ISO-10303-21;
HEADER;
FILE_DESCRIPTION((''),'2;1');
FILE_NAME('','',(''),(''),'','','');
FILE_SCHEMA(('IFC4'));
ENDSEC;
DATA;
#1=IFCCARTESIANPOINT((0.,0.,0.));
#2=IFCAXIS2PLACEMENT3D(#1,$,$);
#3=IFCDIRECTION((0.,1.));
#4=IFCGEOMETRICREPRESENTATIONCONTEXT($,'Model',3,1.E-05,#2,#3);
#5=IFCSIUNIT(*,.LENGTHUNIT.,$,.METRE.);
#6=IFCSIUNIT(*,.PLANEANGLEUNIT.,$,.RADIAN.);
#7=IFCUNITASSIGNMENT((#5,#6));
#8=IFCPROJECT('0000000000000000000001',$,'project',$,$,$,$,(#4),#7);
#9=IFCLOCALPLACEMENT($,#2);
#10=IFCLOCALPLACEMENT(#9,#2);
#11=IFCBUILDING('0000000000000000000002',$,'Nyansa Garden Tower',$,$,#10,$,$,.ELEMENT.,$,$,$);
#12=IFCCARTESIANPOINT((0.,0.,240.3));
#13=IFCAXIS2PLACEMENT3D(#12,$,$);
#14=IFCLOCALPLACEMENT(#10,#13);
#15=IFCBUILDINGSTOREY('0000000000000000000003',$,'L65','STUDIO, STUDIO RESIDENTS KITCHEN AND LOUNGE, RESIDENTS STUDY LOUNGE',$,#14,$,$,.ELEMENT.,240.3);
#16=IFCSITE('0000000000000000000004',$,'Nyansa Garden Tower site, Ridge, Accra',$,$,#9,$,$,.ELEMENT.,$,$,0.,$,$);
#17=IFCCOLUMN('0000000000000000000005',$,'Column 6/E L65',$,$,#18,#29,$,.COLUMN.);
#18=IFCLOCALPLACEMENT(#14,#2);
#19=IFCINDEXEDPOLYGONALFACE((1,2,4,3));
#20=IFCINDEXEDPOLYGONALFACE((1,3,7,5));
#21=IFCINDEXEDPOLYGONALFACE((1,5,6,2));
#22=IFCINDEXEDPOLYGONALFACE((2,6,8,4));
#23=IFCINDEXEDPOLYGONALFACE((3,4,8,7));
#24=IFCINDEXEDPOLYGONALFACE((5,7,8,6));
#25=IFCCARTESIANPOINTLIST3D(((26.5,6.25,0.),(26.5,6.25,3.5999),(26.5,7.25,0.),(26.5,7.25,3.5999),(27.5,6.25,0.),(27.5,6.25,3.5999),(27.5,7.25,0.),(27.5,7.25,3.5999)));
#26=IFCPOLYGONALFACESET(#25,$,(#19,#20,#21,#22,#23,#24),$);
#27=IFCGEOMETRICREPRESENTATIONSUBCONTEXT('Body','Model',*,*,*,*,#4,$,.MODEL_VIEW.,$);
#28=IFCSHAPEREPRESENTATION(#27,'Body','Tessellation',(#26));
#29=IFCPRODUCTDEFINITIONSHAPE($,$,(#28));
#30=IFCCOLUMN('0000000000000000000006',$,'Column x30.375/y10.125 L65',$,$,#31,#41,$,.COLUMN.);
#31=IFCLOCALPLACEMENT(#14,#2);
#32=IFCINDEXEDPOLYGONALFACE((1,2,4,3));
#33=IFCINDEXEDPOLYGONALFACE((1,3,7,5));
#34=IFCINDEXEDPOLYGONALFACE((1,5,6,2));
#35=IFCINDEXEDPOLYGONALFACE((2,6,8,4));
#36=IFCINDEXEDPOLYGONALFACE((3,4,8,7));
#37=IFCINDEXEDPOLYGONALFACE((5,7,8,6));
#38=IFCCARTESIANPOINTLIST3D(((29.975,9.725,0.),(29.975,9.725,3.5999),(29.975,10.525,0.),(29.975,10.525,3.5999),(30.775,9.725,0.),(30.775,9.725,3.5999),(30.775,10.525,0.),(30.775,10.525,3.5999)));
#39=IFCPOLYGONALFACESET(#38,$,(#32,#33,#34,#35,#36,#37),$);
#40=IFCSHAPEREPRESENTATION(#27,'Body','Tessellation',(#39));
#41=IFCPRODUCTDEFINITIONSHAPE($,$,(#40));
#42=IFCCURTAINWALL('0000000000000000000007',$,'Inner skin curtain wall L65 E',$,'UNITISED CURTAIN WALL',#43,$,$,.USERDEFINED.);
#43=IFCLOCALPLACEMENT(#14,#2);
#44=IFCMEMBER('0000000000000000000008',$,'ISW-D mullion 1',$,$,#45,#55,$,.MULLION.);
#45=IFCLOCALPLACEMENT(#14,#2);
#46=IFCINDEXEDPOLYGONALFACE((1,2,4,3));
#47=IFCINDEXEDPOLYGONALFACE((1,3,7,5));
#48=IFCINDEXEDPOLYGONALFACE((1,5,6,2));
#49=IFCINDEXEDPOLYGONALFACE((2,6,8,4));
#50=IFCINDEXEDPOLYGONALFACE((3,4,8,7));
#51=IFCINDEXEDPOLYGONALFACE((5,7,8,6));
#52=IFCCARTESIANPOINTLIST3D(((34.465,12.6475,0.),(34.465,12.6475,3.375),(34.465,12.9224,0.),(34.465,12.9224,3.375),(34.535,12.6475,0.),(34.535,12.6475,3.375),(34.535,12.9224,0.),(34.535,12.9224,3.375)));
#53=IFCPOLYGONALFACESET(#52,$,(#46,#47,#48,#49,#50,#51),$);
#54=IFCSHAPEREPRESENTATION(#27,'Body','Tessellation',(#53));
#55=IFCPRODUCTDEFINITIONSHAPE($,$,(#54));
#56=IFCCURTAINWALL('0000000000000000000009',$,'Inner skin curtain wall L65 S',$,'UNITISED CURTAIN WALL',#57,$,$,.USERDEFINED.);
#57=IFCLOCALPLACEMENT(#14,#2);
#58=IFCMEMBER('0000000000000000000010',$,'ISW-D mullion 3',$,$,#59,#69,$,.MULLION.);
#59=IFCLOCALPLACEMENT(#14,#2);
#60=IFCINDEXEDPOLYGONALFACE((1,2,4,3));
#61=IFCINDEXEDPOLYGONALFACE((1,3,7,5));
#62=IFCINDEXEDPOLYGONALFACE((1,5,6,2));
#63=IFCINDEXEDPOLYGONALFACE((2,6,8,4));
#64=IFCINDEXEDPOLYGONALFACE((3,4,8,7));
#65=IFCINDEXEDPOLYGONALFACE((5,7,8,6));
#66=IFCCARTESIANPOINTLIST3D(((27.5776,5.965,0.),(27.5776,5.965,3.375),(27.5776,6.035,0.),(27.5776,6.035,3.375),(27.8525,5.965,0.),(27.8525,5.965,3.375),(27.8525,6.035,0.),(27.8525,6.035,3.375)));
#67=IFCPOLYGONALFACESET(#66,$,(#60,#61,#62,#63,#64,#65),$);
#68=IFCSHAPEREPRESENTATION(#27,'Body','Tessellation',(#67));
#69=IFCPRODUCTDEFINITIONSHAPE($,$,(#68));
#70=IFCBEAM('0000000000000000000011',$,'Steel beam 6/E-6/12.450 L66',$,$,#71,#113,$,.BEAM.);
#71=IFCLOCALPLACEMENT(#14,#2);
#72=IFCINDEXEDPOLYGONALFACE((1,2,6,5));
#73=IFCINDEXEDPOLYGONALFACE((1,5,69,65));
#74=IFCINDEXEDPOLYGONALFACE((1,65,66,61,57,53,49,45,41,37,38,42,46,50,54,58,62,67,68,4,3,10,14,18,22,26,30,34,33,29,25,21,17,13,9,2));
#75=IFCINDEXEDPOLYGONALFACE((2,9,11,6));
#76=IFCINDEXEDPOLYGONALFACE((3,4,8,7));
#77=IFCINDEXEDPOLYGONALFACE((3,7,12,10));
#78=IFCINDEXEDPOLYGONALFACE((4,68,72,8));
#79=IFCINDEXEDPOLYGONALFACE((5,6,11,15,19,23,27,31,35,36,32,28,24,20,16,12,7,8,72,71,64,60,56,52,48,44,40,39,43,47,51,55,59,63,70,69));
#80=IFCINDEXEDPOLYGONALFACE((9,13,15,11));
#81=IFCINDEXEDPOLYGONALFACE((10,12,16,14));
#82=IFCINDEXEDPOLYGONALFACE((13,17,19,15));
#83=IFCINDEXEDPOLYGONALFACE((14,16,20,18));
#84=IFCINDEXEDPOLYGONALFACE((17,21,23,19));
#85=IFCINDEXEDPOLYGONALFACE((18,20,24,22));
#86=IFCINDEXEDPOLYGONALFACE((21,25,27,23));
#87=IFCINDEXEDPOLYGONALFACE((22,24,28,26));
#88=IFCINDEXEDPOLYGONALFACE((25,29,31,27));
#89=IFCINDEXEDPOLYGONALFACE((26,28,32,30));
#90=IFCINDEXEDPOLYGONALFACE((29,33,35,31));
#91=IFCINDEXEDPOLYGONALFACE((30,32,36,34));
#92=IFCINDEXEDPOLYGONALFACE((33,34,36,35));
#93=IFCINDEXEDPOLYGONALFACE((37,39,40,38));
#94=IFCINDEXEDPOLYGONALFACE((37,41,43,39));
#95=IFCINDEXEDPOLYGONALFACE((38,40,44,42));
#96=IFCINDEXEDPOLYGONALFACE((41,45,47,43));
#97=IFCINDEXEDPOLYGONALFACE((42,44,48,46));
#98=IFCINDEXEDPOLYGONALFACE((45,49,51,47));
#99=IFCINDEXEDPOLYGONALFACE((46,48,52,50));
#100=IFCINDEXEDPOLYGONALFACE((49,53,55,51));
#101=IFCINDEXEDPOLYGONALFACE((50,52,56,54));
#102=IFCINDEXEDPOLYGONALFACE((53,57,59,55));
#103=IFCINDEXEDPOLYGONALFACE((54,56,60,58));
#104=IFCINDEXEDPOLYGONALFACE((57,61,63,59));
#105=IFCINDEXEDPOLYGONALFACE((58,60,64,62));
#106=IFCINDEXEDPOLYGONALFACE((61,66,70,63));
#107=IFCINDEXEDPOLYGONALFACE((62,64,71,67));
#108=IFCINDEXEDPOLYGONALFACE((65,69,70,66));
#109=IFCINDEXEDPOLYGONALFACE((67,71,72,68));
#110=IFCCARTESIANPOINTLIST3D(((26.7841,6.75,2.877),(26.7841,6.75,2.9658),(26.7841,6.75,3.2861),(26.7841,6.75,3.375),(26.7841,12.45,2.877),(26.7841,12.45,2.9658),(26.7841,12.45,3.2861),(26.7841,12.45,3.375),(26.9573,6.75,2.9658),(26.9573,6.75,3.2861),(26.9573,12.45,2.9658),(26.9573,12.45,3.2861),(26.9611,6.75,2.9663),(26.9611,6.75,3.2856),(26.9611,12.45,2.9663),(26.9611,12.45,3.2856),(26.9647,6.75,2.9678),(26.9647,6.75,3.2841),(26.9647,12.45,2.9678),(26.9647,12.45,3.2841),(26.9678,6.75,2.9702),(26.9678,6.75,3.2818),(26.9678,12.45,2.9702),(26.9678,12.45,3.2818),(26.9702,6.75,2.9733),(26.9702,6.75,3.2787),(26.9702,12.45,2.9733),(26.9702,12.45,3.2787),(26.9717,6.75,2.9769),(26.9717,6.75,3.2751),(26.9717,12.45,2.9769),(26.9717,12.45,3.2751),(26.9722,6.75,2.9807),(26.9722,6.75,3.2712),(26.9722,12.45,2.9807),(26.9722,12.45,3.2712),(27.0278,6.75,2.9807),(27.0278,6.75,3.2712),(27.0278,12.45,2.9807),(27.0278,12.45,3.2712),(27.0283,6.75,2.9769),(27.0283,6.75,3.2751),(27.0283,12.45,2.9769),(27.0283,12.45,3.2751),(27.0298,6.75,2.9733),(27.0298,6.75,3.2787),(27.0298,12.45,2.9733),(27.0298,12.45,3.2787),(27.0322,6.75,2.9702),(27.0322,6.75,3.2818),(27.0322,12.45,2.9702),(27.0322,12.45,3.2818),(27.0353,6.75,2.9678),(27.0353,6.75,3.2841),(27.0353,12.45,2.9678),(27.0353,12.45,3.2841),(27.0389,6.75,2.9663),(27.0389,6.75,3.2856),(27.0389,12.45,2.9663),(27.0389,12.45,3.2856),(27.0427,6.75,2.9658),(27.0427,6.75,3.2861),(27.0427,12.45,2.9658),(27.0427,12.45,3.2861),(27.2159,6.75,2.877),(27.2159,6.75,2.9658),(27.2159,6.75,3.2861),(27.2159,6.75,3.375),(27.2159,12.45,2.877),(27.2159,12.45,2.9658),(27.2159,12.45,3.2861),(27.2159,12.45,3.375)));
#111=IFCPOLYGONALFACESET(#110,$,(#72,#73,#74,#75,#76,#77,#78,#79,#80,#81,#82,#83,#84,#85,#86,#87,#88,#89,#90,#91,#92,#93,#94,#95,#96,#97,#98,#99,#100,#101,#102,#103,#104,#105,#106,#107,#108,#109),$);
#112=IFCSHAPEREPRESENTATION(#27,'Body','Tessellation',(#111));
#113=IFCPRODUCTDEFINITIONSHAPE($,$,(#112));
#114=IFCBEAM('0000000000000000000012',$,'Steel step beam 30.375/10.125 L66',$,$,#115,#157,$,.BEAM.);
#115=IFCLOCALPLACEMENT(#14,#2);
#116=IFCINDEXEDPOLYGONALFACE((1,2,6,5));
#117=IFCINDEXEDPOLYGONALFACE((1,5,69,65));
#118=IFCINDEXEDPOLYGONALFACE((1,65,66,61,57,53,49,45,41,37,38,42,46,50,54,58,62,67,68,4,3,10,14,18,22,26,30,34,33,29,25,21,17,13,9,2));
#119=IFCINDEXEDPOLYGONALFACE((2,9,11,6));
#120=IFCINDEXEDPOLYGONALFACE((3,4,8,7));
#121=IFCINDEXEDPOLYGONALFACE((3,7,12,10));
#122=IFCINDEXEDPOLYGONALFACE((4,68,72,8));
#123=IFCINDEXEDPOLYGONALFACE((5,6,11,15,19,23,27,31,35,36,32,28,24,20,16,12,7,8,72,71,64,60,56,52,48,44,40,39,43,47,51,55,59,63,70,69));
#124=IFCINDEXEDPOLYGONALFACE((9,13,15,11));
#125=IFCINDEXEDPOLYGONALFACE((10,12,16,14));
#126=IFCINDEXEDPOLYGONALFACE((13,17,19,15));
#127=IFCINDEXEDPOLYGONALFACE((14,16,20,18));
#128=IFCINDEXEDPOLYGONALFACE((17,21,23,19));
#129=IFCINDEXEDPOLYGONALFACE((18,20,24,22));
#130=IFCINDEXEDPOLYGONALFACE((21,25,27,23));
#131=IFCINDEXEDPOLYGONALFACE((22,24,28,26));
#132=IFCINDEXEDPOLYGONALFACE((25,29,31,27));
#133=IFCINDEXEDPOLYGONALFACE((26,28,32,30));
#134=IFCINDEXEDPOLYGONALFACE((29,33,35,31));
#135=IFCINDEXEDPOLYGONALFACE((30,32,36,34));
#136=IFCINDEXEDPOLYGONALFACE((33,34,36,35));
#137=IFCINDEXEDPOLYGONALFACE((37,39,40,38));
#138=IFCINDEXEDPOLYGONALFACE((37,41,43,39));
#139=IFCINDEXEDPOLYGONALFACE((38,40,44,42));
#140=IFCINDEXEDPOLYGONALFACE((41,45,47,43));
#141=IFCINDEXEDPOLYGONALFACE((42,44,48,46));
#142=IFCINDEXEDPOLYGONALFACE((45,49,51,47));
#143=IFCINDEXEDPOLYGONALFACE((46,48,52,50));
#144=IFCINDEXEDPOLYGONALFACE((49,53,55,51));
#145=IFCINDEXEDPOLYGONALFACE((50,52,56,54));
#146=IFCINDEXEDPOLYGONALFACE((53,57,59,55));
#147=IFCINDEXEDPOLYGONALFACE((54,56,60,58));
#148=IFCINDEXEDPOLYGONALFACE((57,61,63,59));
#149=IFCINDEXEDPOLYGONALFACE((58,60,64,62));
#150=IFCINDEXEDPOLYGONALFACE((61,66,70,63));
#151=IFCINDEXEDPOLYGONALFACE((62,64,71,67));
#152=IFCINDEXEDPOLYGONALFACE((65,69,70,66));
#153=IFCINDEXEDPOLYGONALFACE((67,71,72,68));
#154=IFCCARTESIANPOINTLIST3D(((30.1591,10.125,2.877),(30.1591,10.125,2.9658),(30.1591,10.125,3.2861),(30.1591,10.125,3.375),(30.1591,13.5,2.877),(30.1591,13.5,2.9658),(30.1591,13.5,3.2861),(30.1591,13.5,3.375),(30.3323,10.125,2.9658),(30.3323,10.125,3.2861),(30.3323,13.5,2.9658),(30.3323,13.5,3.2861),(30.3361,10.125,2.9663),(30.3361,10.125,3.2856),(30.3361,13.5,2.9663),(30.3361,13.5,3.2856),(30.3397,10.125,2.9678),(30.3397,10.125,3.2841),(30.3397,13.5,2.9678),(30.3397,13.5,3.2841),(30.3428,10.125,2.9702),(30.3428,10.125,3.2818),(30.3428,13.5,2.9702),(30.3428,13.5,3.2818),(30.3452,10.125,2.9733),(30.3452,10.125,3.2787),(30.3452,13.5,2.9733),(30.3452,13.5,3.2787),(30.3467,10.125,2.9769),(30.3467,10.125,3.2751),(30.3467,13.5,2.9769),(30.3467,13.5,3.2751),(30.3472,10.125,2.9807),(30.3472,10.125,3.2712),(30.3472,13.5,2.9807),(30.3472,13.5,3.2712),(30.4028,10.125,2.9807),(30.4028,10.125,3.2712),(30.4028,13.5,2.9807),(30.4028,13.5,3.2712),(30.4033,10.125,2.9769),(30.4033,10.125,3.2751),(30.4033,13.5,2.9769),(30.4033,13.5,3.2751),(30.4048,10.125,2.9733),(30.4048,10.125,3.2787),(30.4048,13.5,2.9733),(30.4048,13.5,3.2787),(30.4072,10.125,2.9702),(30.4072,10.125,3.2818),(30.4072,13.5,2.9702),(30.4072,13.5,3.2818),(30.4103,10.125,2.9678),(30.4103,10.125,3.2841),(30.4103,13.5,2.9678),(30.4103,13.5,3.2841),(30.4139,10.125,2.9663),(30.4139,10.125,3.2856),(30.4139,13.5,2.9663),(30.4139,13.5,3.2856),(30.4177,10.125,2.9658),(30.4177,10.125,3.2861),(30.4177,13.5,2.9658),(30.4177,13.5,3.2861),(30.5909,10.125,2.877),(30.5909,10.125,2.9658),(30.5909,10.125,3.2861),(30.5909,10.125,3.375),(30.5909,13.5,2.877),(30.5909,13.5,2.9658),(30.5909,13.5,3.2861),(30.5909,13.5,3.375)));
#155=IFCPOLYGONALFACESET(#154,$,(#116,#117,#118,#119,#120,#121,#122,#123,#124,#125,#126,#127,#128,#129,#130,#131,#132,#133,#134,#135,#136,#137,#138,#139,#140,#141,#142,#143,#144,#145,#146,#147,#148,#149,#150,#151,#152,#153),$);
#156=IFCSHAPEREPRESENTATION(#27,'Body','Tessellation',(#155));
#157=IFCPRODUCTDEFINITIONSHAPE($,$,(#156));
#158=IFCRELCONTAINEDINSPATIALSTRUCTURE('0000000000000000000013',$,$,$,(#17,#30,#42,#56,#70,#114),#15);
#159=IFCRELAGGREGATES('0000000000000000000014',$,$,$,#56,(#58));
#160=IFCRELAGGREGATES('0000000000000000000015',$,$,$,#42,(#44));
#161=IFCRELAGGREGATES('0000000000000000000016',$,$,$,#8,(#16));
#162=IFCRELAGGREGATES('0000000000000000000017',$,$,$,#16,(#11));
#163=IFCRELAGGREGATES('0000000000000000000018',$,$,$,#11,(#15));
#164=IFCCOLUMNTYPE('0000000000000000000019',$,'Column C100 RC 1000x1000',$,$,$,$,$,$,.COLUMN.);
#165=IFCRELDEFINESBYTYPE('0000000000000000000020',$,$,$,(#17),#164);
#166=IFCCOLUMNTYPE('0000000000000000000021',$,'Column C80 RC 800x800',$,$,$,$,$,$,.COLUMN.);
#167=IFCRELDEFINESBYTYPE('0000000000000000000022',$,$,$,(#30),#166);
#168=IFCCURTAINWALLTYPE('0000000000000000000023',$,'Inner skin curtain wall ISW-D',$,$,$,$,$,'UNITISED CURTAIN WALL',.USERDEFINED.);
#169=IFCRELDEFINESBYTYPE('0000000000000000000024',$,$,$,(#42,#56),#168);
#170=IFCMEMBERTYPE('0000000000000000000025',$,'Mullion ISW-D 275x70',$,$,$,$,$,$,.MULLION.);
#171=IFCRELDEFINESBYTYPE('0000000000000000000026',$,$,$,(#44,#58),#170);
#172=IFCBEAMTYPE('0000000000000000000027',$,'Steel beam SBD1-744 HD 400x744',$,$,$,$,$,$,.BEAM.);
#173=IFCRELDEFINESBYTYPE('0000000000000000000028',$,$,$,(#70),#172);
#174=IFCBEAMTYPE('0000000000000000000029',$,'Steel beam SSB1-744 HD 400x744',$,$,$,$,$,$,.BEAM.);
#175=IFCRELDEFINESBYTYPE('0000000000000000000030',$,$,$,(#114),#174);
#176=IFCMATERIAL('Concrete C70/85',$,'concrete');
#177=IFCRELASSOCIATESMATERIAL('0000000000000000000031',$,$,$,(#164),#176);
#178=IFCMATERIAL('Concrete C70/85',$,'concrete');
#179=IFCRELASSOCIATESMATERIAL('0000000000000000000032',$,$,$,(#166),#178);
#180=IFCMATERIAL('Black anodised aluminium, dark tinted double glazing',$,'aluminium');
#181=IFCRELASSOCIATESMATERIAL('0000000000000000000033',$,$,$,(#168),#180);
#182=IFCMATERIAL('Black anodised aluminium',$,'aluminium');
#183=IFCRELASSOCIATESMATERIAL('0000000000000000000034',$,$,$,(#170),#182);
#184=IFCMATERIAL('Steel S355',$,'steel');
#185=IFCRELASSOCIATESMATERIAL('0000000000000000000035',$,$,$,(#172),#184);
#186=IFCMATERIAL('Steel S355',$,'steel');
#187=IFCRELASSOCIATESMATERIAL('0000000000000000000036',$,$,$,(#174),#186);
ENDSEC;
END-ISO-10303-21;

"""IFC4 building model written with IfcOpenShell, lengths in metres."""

from ifc_helpers import new_model, si_unit, direction, frame, origin, origin_2d, place, context, subcontext, project, spatial, rectangle, i_section, extrude, material, material_profile, profile_set, type_object, element, aggregate, save


model = new_model("IFC4")

# Units and contexts
model_context = context("Model", 3, precision=1e-05, world=origin(), true_north=direction((0.0, 1.0)))
body_context = subcontext(model_context, "Body", "Model", "MODEL_VIEW")
ifc_project = project(units=[si_unit("LENGTHUNIT", "METRE"), si_unit("PLANEANGLEUNIT", "RADIAN")], contexts=[model_context])

# Site, building, storey
site_placement = place(None, origin())
site = spatial("IfcSite", under=ifc_project, at=site_placement, Name="Nyansa Garden Tower site, Ridge, Accra", CompositionType="ELEMENT", RefElevation=0.0)
building_placement = place(site_placement, origin())
building = spatial("IfcBuilding", under=site, at=building_placement, Name="Nyansa Garden Tower", CompositionType="ELEMENT")
storey_placement = place(building_placement, frame((0.0, 0.0, 240.3)))
storey = spatial("IfcBuildingStorey", under=building, at=storey_placement, Name="L65", Description="STUDIO, STUDIO RESIDENTS KITCHEN AND LOUNGE, RESIDENTS STUDY LOUNGE", CompositionType="ELEMENT", Elevation=240.3)

# Columns
ifc_material_1 = material(Name="Concrete C70/85", Category="concrete")
ifc_material_profile_1 = material_profile(ifc_material_1, rectangle(XDim=1.0, YDim=1.0, at=origin_2d()), Name="RC 1000x1000")
ifc_profile_set_1 = profile_set([ifc_material_profile_1], Name="Concrete C70/85")
column_type_1 = type_object("IfcColumnType", Name="Column C100 RC 1000x1000", PredefinedType="COLUMN", material=ifc_profile_set_1)
column_1_placement = place(storey_placement, frame((27.0, 6.75, 0.0), z_axis=(0.0, 0.0, 1.0), x_axis=(1.0, 0.0, 0.0)))
element("IfcColumn", 1, at=column_1_placement, inside=storey, type_object=column_type_1, Name="Column 6/E L65", PredefinedType="COLUMN", context=body_context, shape_type="SweptSolid", body=[
    extrude(rectangle(XDim=1.0, YDim=1.0, at=origin_2d()), origin(), (0.0, 0.0, 1.0), 3.5999),
])
ifc_material_2 = material(Name="Concrete C70/85", Category="concrete")
ifc_material_profile_2 = material_profile(ifc_material_2, rectangle(XDim=0.8, YDim=0.8, at=origin_2d()), Name="RC 800x800")
ifc_profile_set_2 = profile_set([ifc_material_profile_2], Name="Concrete C70/85")
column_type_2 = type_object("IfcColumnType", Name="Column C80 RC 800x800", PredefinedType="COLUMN", material=ifc_profile_set_2)
column_2_placement = place(storey_placement, frame((30.375, 10.125, 0.0), z_axis=(0.0, 0.0, 1.0), x_axis=(1.0, 0.0, 0.0)))
element("IfcColumn", 2, at=column_2_placement, inside=storey, type_object=column_type_2, Name="Column x30.375/y10.125 L65", PredefinedType="COLUMN", context=body_context, shape_type="SweptSolid", body=[
    extrude(rectangle(XDim=0.8, YDim=0.8, at=origin_2d()), origin(), (0.0, 0.0, 1.0), 3.5999),
])

# Curtain walls, members
ifc_material_3 = material(Name="Black anodised aluminium, dark tinted double glazing", Category="aluminium")
curtain_wall_type = type_object("IfcCurtainWallType", Name="Inner skin curtain wall ISW-D", ElementType="UNITISED CURTAIN WALL", PredefinedType="USERDEFINED", material=ifc_material_3)
curtain_wall_1_placement = place(storey_placement, origin())
curtain_wall_1 = element("IfcCurtainWall", 3, at=curtain_wall_1_placement, inside=storey, type_object=curtain_wall_type, Name="Inner skin curtain wall L65 E", ObjectType="UNITISED CURTAIN WALL", PredefinedType="USERDEFINED")
ifc_material_4 = material(Name="Black anodised aluminium", Category="aluminium")
ifc_material_profile_3 = material_profile(ifc_material_4, rectangle(XDim=0.0701, YDim=0.2749, at=origin_2d()), Name="Mullion 275x70")
ifc_profile_set_3 = profile_set([ifc_material_profile_3], Name="Black anodised aluminium")
member_type_1 = type_object("IfcMemberType", Name="Mullion ISW-D 275x70", PredefinedType="MULLION", material=ifc_profile_set_3)
member_1_placement = place(storey_placement, frame((34.5, 12.7849, 0.0), z_axis=(0.0, 0.0, 1.0), x_axis=(-1.0, 0.0, 0.0)))
member_1 = element("IfcMember", 4, at=member_1_placement, type_object=member_type_1, Name="ISW-D mullion 1", PredefinedType="MULLION", context=body_context, shape_type="SweptSolid", body=[
    extrude(rectangle(XDim=0.0701, YDim=0.2749, at=origin_2d()), origin(), (0.0, 0.0, 1.0), 3.375),
])
curtain_wall_2_placement = place(storey_placement, origin())
curtain_wall_2 = element("IfcCurtainWall", 5, at=curtain_wall_2_placement, inside=storey, type_object=curtain_wall_type, Name="Inner skin curtain wall L65 S", ObjectType="UNITISED CURTAIN WALL", PredefinedType="USERDEFINED")
member_2_placement = place(storey_placement, frame((27.7151, 6.0, 0.0), z_axis=(0.0, 0.0, 1.0), x_axis=(0.0, 1.0, 0.0)))
member_2 = element("IfcMember", 6, at=member_2_placement, type_object=member_type_1, Name="ISW-D mullion 3", PredefinedType="MULLION", context=body_context, shape_type="SweptSolid", body=[
    extrude(rectangle(XDim=0.0701, YDim=0.2749, at=origin_2d()), origin(), (0.0, 0.0, 1.0), 3.375),
])
aggregate(curtain_wall_2, [member_2])

# Beams
ifc_material_5 = material(Name="Steel S355", Category="steel")
ifc_material_profile_4 = material_profile(ifc_material_5, i_section(OverallWidth=0.4319, OverallDepth=0.498, WebThickness=0.0557, FlangeThickness=0.0889, FilletRadius=0.0149, at=origin_2d()), Name="HD 400x744")
ifc_profile_set_4 = profile_set([ifc_material_profile_4], Name="Steel S355")
beam_type_1 = type_object("IfcBeamType", Name="Steel beam SBD1-744 HD 400x744", PredefinedType="BEAM", material=ifc_profile_set_4)
beam_placement = place(storey_placement, frame((27.0, 6.75, 3.126), z_axis=(0.0, 1.0, 0.0), x_axis=(-1.0, 0.0, 0.0)))
element("IfcBeam", 7, at=beam_placement, inside=storey, type_object=beam_type_1, Name="Steel beam 6/E-6/12.450 L66", PredefinedType="BEAM", context=body_context, shape_type="SweptSolid", body=[
    extrude(i_section(OverallWidth=0.4319, OverallDepth=0.498, WebThickness=0.0557, FlangeThickness=0.0889, FilletRadius=0.0149, at=origin_2d()), origin(), (0.0, 0.0, 1.0), 5.7),
])
ifc_material_6 = material(Name="Steel S355", Category="steel")
ifc_material_profile_5 = material_profile(ifc_material_6, i_section(OverallWidth=0.4319, OverallDepth=0.498, WebThickness=0.0557, FlangeThickness=0.0889, FilletRadius=0.0149, at=origin_2d()), Name="HD 400x744")
ifc_profile_set_5 = profile_set([ifc_material_profile_5], Name="Steel S355")
beam_type_2 = type_object("IfcBeamType", Name="Steel beam SSB1-744 HD 400x744", PredefinedType="BEAM", material=ifc_profile_set_5)
for number, where, z_axis, x_axis, name in (
    (8, (30.375, 10.125, 3.126), (0.0, 1.0, 0.0), (-1.0, 0.0, 0.0), "Steel step beam 30.375/10.125 L66"),
):
    element("IfcBeam", number, at=place(storey_placement, frame(where, z_axis=z_axis, x_axis=x_axis)), inside=storey, type_object=beam_type_2, Name=name, PredefinedType="BEAM", context=body_context, shape_type="SweptSolid", body=[
        extrude(i_section(OverallWidth=0.4319, OverallDepth=0.498, WebThickness=0.0557, FlangeThickness=0.0889, FilletRadius=0.0149, at=origin_2d()), origin(), (0.0, 0.0, 1.0), 3.375),
    ])

aggregate(curtain_wall_1, [member_1])

save(model, "model.ifc")
